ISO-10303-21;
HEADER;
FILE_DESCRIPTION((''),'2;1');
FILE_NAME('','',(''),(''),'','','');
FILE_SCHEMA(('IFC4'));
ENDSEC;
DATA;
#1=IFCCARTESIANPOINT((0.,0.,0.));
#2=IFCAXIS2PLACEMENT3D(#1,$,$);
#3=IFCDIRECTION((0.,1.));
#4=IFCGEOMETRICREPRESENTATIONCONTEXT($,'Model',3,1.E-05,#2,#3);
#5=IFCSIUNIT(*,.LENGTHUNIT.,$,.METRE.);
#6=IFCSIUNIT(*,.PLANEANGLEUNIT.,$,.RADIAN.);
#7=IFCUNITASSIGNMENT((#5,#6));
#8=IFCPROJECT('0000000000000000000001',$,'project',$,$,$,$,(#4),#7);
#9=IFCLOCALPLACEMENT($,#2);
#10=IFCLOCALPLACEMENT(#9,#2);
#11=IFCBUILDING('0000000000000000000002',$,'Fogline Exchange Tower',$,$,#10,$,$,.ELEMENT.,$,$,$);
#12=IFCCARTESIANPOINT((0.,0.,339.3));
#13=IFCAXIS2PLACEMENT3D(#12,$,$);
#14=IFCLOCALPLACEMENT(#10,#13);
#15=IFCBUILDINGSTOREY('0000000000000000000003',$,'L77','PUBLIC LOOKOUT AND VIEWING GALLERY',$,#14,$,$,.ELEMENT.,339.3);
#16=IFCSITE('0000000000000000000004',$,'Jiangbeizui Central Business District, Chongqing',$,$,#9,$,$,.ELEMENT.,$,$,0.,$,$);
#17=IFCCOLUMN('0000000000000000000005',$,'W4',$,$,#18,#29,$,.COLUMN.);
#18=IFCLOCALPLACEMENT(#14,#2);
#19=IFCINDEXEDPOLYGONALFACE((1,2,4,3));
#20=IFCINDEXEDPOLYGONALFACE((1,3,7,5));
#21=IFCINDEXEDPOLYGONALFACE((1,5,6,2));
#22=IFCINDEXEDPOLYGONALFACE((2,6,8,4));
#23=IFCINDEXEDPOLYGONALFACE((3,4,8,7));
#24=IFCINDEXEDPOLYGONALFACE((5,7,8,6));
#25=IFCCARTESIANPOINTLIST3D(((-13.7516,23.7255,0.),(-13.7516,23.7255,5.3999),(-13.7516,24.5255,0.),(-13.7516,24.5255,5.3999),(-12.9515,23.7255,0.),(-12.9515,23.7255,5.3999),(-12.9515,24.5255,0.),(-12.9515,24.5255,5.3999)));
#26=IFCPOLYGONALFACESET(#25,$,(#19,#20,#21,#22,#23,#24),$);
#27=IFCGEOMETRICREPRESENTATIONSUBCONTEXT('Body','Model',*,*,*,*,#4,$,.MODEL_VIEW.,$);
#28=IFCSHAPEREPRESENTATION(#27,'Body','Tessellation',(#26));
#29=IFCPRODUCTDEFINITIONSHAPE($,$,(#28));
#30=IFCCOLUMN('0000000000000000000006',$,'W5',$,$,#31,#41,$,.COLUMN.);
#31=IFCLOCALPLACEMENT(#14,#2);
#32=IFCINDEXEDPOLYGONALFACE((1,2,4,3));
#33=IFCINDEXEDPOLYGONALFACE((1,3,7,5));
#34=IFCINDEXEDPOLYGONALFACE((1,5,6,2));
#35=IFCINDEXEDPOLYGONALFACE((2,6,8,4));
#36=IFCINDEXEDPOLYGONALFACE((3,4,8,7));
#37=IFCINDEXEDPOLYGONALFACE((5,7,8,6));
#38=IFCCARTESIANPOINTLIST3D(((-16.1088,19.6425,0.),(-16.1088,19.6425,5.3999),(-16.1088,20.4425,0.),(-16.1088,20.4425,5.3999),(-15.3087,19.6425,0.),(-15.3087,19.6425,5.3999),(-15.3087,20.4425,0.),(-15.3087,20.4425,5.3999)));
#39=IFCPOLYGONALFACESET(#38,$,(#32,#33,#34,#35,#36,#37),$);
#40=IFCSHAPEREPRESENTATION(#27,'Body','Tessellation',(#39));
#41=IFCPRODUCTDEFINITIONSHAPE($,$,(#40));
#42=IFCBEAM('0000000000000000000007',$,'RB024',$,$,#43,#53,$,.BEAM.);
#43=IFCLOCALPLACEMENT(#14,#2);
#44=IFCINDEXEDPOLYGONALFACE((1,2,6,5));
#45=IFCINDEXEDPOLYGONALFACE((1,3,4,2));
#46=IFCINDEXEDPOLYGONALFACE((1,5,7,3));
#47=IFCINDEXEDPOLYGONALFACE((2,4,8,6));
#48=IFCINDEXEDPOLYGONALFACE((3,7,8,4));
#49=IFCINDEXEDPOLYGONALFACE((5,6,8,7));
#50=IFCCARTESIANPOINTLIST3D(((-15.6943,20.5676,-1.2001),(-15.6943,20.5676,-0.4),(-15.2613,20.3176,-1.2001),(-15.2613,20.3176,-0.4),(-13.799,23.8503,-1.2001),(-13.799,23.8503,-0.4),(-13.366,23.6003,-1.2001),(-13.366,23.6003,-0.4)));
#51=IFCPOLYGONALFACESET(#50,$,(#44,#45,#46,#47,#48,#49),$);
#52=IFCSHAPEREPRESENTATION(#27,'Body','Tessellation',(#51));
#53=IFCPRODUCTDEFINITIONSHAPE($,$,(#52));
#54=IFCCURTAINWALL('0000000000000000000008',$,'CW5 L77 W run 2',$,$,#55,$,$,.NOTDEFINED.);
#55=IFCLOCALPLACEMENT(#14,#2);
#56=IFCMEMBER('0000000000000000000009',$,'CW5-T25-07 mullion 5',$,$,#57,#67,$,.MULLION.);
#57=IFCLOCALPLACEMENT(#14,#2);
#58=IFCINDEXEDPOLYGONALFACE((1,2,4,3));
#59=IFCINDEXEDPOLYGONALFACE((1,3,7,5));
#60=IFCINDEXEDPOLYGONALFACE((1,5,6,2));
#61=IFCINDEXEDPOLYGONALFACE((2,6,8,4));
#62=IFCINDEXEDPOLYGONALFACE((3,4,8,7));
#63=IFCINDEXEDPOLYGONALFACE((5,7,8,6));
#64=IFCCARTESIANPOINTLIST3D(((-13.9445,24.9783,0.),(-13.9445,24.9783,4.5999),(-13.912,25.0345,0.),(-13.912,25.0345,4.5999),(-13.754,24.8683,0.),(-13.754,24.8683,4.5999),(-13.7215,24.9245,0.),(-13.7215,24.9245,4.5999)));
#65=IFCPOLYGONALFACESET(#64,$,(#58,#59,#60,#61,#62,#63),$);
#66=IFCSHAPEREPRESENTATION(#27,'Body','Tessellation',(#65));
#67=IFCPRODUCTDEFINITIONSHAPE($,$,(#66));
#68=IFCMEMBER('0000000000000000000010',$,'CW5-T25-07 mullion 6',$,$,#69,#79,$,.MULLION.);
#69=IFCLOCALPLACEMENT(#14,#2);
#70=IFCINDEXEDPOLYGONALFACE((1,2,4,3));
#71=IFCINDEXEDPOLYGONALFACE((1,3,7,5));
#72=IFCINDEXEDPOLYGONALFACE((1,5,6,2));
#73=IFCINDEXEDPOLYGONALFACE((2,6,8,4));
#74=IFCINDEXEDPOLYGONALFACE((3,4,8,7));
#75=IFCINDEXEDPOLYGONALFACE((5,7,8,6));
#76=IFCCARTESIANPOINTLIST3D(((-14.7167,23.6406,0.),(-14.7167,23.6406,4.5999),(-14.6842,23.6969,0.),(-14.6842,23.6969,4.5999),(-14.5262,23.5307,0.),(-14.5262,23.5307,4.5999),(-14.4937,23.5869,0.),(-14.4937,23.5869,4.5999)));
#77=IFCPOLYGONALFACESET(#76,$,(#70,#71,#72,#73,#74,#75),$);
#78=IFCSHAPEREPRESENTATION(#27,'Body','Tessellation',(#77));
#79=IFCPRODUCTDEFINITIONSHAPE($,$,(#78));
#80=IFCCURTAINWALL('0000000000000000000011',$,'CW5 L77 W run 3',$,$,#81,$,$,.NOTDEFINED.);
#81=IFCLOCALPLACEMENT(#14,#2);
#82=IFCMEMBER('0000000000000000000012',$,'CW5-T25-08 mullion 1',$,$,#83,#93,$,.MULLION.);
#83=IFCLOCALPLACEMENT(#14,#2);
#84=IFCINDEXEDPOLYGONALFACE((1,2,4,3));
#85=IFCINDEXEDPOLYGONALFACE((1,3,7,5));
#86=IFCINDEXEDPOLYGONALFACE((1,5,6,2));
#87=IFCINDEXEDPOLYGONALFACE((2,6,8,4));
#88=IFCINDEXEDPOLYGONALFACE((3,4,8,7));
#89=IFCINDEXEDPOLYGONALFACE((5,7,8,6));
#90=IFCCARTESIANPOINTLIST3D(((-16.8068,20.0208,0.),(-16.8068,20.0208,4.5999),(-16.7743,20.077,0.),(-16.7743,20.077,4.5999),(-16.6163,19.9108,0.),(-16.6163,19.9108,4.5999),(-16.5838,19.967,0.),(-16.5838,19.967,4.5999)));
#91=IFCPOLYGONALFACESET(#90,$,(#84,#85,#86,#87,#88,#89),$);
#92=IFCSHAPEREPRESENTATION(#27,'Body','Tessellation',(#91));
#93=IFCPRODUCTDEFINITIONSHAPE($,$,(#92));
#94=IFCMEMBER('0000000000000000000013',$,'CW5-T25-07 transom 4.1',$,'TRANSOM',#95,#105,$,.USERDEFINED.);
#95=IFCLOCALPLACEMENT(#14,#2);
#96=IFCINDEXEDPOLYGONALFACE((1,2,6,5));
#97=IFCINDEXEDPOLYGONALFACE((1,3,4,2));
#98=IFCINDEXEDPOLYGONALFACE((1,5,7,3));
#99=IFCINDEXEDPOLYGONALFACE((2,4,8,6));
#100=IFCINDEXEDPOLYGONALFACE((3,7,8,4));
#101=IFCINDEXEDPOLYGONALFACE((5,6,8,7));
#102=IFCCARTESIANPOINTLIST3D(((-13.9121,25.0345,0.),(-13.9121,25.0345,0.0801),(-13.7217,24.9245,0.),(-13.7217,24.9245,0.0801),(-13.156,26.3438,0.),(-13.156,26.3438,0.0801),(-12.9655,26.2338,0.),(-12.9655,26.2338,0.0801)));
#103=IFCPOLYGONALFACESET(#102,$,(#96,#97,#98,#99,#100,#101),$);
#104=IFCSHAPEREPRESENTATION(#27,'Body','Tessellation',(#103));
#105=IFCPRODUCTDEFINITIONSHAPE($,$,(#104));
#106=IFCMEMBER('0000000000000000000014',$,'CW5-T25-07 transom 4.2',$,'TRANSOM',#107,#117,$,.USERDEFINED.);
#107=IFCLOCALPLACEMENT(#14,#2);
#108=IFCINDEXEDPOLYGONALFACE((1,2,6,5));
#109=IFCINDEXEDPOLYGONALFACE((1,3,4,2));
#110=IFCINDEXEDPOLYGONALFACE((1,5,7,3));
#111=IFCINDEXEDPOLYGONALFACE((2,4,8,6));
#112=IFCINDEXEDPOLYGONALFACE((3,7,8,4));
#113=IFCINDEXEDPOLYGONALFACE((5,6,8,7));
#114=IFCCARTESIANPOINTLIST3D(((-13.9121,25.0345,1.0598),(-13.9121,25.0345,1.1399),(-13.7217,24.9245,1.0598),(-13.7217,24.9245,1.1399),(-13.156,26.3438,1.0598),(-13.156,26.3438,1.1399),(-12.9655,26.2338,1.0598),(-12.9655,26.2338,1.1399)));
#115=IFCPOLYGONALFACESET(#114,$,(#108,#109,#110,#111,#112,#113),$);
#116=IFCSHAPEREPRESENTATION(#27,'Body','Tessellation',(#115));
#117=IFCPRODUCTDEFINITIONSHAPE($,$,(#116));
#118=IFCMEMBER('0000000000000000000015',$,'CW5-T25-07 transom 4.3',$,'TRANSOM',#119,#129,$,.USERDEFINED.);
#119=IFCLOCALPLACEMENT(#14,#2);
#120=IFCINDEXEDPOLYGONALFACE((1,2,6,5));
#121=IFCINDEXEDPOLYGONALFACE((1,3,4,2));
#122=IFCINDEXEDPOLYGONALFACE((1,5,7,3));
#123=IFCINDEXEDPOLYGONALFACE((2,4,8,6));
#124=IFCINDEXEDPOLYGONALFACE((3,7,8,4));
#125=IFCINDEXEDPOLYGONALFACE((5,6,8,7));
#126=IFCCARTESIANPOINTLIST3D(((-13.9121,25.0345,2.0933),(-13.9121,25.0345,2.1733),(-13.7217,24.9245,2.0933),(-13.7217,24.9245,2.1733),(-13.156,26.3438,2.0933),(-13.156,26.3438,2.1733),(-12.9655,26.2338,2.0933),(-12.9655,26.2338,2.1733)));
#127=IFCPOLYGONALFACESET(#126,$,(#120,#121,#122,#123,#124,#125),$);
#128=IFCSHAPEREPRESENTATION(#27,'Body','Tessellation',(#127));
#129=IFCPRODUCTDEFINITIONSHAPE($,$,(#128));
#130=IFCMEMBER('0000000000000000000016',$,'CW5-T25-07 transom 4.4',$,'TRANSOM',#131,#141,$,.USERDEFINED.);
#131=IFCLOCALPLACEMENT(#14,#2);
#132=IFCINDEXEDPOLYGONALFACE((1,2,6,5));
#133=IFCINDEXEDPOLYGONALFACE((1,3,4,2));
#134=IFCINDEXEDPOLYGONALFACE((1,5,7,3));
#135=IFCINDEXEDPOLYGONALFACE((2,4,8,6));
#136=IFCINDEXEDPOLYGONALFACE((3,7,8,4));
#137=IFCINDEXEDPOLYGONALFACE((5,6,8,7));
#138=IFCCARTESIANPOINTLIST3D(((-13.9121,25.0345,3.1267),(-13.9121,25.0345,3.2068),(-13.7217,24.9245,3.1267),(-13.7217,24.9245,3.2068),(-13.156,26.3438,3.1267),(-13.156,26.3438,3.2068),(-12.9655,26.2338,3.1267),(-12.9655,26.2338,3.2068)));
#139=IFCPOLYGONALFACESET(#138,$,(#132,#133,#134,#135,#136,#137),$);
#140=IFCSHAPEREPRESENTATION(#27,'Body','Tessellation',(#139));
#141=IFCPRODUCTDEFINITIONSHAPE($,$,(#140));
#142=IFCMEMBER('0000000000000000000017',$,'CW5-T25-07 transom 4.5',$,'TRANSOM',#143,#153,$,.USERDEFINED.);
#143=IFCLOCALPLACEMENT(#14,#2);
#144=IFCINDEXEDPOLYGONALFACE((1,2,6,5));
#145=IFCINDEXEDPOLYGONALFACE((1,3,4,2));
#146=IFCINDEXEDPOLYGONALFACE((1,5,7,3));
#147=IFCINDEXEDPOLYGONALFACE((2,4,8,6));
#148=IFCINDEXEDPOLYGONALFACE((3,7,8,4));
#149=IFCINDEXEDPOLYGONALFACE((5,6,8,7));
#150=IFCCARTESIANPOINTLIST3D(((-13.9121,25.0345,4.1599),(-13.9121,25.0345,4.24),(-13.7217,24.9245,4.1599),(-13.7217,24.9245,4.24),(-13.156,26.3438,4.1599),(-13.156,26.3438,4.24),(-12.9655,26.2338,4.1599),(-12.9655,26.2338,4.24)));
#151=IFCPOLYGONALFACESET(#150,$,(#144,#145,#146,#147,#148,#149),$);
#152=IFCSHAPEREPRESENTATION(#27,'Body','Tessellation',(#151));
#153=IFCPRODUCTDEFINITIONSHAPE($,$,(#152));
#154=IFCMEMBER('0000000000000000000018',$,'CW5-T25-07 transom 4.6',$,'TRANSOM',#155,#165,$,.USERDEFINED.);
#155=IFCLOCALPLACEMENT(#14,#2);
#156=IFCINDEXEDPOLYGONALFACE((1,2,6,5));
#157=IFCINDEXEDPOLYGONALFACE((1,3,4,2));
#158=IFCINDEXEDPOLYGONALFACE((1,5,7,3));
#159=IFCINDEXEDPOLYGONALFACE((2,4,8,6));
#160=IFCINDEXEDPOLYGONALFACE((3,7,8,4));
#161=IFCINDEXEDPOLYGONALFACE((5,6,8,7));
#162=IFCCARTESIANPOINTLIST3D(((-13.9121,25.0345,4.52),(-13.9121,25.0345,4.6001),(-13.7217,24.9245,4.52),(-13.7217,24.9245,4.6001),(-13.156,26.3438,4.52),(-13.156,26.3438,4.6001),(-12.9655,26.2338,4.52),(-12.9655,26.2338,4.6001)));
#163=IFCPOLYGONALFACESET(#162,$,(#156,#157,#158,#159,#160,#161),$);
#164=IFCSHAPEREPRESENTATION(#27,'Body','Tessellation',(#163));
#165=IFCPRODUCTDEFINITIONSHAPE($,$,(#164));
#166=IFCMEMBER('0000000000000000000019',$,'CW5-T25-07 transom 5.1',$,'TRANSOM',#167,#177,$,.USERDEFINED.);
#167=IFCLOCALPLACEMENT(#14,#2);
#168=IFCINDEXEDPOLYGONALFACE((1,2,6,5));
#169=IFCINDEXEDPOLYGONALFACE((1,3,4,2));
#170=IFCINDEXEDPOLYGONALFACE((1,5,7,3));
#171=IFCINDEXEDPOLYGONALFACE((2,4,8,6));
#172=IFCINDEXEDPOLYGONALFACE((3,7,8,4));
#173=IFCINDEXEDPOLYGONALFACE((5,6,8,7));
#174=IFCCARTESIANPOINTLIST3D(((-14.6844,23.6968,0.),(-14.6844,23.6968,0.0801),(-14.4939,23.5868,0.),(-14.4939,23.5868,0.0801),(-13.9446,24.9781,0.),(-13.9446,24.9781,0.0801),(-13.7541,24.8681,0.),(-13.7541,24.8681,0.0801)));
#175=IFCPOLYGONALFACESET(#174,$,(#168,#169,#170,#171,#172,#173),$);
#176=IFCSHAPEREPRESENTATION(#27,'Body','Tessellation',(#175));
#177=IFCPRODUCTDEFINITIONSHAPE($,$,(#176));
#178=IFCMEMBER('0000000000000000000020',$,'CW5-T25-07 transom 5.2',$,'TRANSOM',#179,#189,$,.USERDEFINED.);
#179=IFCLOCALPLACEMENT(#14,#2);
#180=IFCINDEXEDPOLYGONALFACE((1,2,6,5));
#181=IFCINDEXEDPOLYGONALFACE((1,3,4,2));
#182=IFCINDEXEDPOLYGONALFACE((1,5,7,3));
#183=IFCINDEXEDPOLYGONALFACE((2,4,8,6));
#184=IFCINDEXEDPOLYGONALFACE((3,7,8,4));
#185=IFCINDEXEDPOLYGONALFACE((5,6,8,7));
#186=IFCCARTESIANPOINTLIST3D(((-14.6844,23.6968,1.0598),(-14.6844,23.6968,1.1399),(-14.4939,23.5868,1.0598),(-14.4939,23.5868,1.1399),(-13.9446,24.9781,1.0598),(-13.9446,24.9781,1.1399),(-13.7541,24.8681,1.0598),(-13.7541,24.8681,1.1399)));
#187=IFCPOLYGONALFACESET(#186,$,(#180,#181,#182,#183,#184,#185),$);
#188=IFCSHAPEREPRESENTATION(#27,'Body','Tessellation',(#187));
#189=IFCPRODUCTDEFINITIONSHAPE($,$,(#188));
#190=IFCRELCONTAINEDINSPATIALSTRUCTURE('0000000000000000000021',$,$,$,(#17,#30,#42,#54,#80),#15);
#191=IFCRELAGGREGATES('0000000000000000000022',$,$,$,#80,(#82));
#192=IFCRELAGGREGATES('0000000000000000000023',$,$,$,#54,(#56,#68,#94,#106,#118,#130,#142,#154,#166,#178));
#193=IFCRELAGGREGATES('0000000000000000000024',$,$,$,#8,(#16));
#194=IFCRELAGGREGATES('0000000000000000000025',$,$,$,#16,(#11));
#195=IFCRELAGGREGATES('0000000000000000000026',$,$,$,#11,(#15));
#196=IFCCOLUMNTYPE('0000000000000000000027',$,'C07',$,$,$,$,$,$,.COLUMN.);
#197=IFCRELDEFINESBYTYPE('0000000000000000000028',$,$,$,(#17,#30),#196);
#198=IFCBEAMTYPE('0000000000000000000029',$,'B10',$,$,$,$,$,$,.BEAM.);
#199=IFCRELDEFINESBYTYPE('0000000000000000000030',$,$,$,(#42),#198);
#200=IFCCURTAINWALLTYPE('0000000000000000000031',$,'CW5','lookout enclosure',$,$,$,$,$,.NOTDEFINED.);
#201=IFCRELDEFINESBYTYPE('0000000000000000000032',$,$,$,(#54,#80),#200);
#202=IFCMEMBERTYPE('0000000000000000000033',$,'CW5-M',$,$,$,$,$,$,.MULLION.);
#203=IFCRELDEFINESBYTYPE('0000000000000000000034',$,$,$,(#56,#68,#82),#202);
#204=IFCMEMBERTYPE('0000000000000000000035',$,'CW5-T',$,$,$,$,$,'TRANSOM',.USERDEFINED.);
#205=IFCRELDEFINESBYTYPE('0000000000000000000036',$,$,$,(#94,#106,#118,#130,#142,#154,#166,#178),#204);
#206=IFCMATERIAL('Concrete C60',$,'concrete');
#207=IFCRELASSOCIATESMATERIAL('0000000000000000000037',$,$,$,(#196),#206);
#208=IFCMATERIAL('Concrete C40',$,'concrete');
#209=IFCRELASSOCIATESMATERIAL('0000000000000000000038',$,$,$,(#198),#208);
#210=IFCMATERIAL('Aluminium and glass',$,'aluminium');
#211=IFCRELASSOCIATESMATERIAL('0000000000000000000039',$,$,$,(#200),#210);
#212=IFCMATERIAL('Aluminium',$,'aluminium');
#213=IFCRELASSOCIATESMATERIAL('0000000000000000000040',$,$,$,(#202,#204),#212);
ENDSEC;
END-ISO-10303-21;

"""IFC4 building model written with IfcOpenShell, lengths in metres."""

from ifc_helpers import new_model, si_unit, direction, frame, origin, origin_2d, place, context, subcontext, project, spatial, rectangle, extrude, material, material_profile, profile_set, type_object, element, aggregate, save


model = new_model("IFC4")

# Units and contexts
model_context = context("Model", 3, precision=1e-05, world=origin(), true_north=direction((0.0, 1.0)))
body_context = subcontext(model_context, "Body", "Model", "MODEL_VIEW")
ifc_project = project(units=[si_unit("LENGTHUNIT", "METRE"), si_unit("PLANEANGLEUNIT", "RADIAN")], contexts=[model_context])

# Site, building, storey
site_placement = place(None, origin())
site = spatial("IfcSite", under=ifc_project, at=site_placement, Name="Jiangbeizui Central Business District, Chongqing", CompositionType="ELEMENT", RefElevation=0.0)
building_placement = place(site_placement, origin())
building = spatial("IfcBuilding", under=site, at=building_placement, Name="Fogline Exchange Tower", CompositionType="ELEMENT")
storey_placement = place(building_placement, frame((0.0, 0.0, 339.3)))
storey = spatial("IfcBuildingStorey", under=building, at=storey_placement, Name="L77", Description="PUBLIC LOOKOUT AND VIEWING GALLERY", CompositionType="ELEMENT", Elevation=339.3)

# Columns
ifc_material_1 = material(Name="Concrete C60", Category="concrete")
ifc_material_profile_1 = material_profile(ifc_material_1, rectangle(XDim=0.8, YDim=0.8, at=origin_2d()), Name="RC 800x800")
ifc_profile_set_1 = profile_set([ifc_material_profile_1], Name="Concrete C60")
column_type = type_object("IfcColumnType", Name="C07", PredefinedType="COLUMN", material=ifc_profile_set_1)
for number, where, z_axis, x_axis, name in (
    (1, (-13.3516, 24.1255, 0.0), (0.0, 0.0, 1.0), (1.0, 0.0, 0.0), "W4"),
    (2, (-15.7087, 20.0425, 0.0), (0.0, 0.0, 1.0), (1.0, 0.0, 0.0), "W5"),
):
    element("IfcColumn", number, at=place(storey_placement, frame(where, z_axis=z_axis, x_axis=x_axis)), inside=storey, type_object=column_type, Name=name, PredefinedType="COLUMN", context=body_context, shape_type="SweptSolid", body=[
        extrude(rectangle(XDim=0.8, YDim=0.8, at=origin_2d()), origin(), (0.0, 0.0, 1.0), 5.3999),
    ])

# Beam
ifc_material_2 = material(Name="Concrete C40", Category="concrete")
ifc_material_profile_2 = material_profile(ifc_material_2, rectangle(XDim=0.5, YDim=0.8, at=origin_2d()), Name="RC 500x800")
ifc_profile_set_2 = profile_set([ifc_material_profile_2], Name="Concrete C40")
beam_type = type_object("IfcBeamType", Name="B10", PredefinedType="BEAM", material=ifc_profile_set_2)
beam_placement = place(storey_placement, frame((-13.5825, 23.7253, -0.8), z_axis=(-0.499998, -0.866027, 0.0), x_axis=(0.866027, -0.499998, 0.0)))
element("IfcBeam", 3, at=beam_placement, inside=storey, type_object=beam_type, Name="RB024", PredefinedType="BEAM", context=body_context, shape_type="SweptSolid", body=[
    extrude(rectangle(XDim=0.5, YDim=0.8, at=origin_2d()), origin(), (0.0, 0.0, 1.0), 3.7905),
])

# Curtain wall, members
ifc_material_3 = material(Name="Aluminium and glass", Category="aluminium")
curtain_wall_type = type_object("IfcCurtainWallType", Name="CW5", Description="lookout enclosure", PredefinedType="NOTDEFINED", material=ifc_material_3)
curtain_wall_1_placement = place(storey_placement, origin())
curtain_wall_1 = element("IfcCurtainWall", 4, at=curtain_wall_1_placement, inside=storey, type_object=curtain_wall_type, Name="CW5 L77 W run 2", PredefinedType="NOTDEFINED")
ifc_material_4 = material(Name="Aluminium", Category="aluminium")
ifc_material_profile_3 = material_profile(ifc_material_4, rectangle(XDim=0.22, YDim=0.0649, at=origin_2d()), Name="Mullion 65x220")
ifc_profile_set_3 = profile_set([ifc_material_profile_3], Name="Aluminium")
member_type_1 = type_object("IfcMemberType", Name="CW5-M", PredefinedType="MULLION", material=ifc_profile_set_3)
member_1_placement = place(storey_placement, frame((-13.833, 24.9514, 0.0), z_axis=(0.0, 0.0, 1.0), x_axis=(0.866025, -0.5, 0.0)))
member_1 = element("IfcMember", 5, at=member_1_placement, type_object=member_type_1, Name="CW5-T25-07 mullion 5", PredefinedType="MULLION", context=body_context, shape_type="SweptSolid", body=[
    extrude(rectangle(XDim=0.22, YDim=0.0649, at=origin_2d()), origin(), (0.0, 0.0, 1.0), 4.5999),
])
member_2_placement = place(storey_placement, frame((-14.6052, 23.6138, 0.0), z_axis=(0.0, 0.0, 1.0), x_axis=(0.866025, -0.5, 0.0)))
member_2 = element("IfcMember", 6, at=member_2_placement, type_object=member_type_1, Name="CW5-T25-07 mullion 6", PredefinedType="MULLION", context=body_context, shape_type="SweptSolid", body=[
    extrude(rectangle(XDim=0.22, YDim=0.0649, at=origin_2d()), origin(), (0.0, 0.0, 1.0), 4.5999),
])

# Curtain wall, member
curtain_wall_2_placement = place(storey_placement, origin())
curtain_wall_2 = element("IfcCurtainWall", 7, at=curtain_wall_2_placement, inside=storey, type_object=curtain_wall_type, Name="CW5 L77 W run 3", PredefinedType="NOTDEFINED")
member_3_placement = place(storey_placement, frame((-16.6953, 19.9939, 0.0), z_axis=(0.0, 0.0, 1.0), x_axis=(0.866025, -0.5, 0.0)))
member_3 = element("IfcMember", 8, at=member_3_placement, type_object=member_type_1, Name="CW5-T25-08 mullion 1", PredefinedType="MULLION", context=body_context, shape_type="SweptSolid", body=[
    extrude(rectangle(XDim=0.22, YDim=0.0649, at=origin_2d()), origin(), (0.0, 0.0, 1.0), 4.5999),
])

# Members
ifc_material_profile_4 = material_profile(ifc_material_4, rectangle(XDim=0.22, YDim=0.0801, at=origin_2d()), Name="Transom 80x220")
ifc_profile_set_4 = profile_set([ifc_material_profile_4], Name="Aluminium")
member_type_2 = type_object("IfcMemberType", Name="CW5-T", ElementType="TRANSOM", PredefinedType="USERDEFINED", material=ifc_profile_set_4)
member_4_placement = place(storey_placement, frame((-13.0608, 26.2888, 0.04), z_axis=(-0.500081, -0.865979, 0.0), x_axis=(0.865979, -0.500081, 0.0)))
member_4 = element("IfcMember", 9, at=member_4_placement, type_object=member_type_2, Name="CW5-T25-07 transom 4.1", ObjectType="TRANSOM", PredefinedType="USERDEFINED", context=body_context, shape_type="SweptSolid", body=[
    extrude(rectangle(XDim=0.22, YDim=0.0801, at=origin_2d()), origin(), (0.0, 0.0, 1.0), 1.512),
])
member_5_placement = place(storey_placement, frame((-13.0608, 26.2888, 1.0999), z_axis=(-0.500081, -0.865979, 0.0), x_axis=(0.865979, -0.500081, 0.0)))
member_5 = element("IfcMember", 10, at=member_5_placement, type_object=member_type_2, Name="CW5-T25-07 transom 4.2", ObjectType="TRANSOM", PredefinedType="USERDEFINED", context=body_context, shape_type="SweptSolid", body=[
    extrude(rectangle(XDim=0.22, YDim=0.0801, at=origin_2d()), origin(), (0.0, 0.0, 1.0), 1.512),
])
member_6_placement = place(storey_placement, frame((-13.0608, 26.2888, 2.1333), z_axis=(-0.500081, -0.865979, 0.0), x_axis=(0.865979, -0.500081, 0.0)))
member_6 = element("IfcMember", 11, at=member_6_placement, type_object=member_type_2, Name="CW5-T25-07 transom 4.3", ObjectType="TRANSOM", PredefinedType="USERDEFINED", context=body_context, shape_type="SweptSolid", body=[
    extrude(rectangle(XDim=0.22, YDim=0.0801, at=origin_2d()), origin(), (0.0, 0.0, 1.0), 1.512),
])
member_7_placement = place(storey_placement, frame((-13.0608, 26.2888, 3.1667), z_axis=(-0.500081, -0.865979, 0.0), x_axis=(0.865979, -0.500081, 0.0)))
member_7 = element("IfcMember", 12, at=member_7_placement, type_object=member_type_2, Name="CW5-T25-07 transom 4.4", ObjectType="TRANSOM", PredefinedType="USERDEFINED", context=body_context, shape_type="SweptSolid", body=[
    extrude(rectangle(XDim=0.22, YDim=0.0801, at=origin_2d()), origin(), (0.0, 0.0, 1.0), 1.512),
])
member_8_placement = place(storey_placement, frame((-13.0608, 26.2888, 4.2), z_axis=(-0.500081, -0.865979, 0.0), x_axis=(0.865979, -0.500081, 0.0)))
member_8 = element("IfcMember", 13, at=member_8_placement, type_object=member_type_2, Name="CW5-T25-07 transom 4.5", ObjectType="TRANSOM", PredefinedType="USERDEFINED", context=body_context, shape_type="SweptSolid", body=[
    extrude(rectangle(XDim=0.22, YDim=0.0801, at=origin_2d()), origin(), (0.0, 0.0, 1.0), 1.512),
])
member_9_placement = place(storey_placement, frame((-13.0608, 26.2888, 4.5601), z_axis=(-0.500081, -0.865979, 0.0), x_axis=(0.865979, -0.500081, 0.0)))
member_9 = element("IfcMember", 14, at=member_9_placement, type_object=member_type_2, Name="CW5-T25-07 transom 4.6", ObjectType="TRANSOM", PredefinedType="USERDEFINED", context=body_context, shape_type="SweptSolid", body=[
    extrude(rectangle(XDim=0.22, YDim=0.0801, at=origin_2d()), origin(), (0.0, 0.0, 1.0), 1.512),
])
member_10_placement = place(storey_placement, frame((-13.8494, 24.9231, 0.04), z_axis=(-0.500008, -0.866021, 0.0), x_axis=(0.866021, -0.500008, 0.0)))
member_10 = element("IfcMember", 15, at=member_10_placement, type_object=member_type_2, Name="CW5-T25-07 transom 5.1", ObjectType="TRANSOM", PredefinedType="USERDEFINED", context=body_context, shape_type="SweptSolid", body=[
    extrude(rectangle(XDim=0.22, YDim=0.0801, at=origin_2d()), origin(), (0.0, 0.0, 1.0), 1.4795),
])
member_11_placement = place(storey_placement, frame((-13.8494, 24.9231, 1.0999), z_axis=(-0.500008, -0.866021, 0.0), x_axis=(0.866021, -0.500008, 0.0)))
member_11 = element("IfcMember", 16, at=member_11_placement, type_object=member_type_2, Name="CW5-T25-07 transom 5.2", ObjectType="TRANSOM", PredefinedType="USERDEFINED", context=body_context, shape_type="SweptSolid", body=[
    extrude(rectangle(XDim=0.22, YDim=0.0801, at=origin_2d()), origin(), (0.0, 0.0, 1.0), 1.4795),
])
aggregate(curtain_wall_2, [member_3])

aggregate(curtain_wall_1, [member_1, member_2, member_4, member_5, member_6, member_7, member_8, member_9, member_10, member_11])

save(model, "model.ifc")
